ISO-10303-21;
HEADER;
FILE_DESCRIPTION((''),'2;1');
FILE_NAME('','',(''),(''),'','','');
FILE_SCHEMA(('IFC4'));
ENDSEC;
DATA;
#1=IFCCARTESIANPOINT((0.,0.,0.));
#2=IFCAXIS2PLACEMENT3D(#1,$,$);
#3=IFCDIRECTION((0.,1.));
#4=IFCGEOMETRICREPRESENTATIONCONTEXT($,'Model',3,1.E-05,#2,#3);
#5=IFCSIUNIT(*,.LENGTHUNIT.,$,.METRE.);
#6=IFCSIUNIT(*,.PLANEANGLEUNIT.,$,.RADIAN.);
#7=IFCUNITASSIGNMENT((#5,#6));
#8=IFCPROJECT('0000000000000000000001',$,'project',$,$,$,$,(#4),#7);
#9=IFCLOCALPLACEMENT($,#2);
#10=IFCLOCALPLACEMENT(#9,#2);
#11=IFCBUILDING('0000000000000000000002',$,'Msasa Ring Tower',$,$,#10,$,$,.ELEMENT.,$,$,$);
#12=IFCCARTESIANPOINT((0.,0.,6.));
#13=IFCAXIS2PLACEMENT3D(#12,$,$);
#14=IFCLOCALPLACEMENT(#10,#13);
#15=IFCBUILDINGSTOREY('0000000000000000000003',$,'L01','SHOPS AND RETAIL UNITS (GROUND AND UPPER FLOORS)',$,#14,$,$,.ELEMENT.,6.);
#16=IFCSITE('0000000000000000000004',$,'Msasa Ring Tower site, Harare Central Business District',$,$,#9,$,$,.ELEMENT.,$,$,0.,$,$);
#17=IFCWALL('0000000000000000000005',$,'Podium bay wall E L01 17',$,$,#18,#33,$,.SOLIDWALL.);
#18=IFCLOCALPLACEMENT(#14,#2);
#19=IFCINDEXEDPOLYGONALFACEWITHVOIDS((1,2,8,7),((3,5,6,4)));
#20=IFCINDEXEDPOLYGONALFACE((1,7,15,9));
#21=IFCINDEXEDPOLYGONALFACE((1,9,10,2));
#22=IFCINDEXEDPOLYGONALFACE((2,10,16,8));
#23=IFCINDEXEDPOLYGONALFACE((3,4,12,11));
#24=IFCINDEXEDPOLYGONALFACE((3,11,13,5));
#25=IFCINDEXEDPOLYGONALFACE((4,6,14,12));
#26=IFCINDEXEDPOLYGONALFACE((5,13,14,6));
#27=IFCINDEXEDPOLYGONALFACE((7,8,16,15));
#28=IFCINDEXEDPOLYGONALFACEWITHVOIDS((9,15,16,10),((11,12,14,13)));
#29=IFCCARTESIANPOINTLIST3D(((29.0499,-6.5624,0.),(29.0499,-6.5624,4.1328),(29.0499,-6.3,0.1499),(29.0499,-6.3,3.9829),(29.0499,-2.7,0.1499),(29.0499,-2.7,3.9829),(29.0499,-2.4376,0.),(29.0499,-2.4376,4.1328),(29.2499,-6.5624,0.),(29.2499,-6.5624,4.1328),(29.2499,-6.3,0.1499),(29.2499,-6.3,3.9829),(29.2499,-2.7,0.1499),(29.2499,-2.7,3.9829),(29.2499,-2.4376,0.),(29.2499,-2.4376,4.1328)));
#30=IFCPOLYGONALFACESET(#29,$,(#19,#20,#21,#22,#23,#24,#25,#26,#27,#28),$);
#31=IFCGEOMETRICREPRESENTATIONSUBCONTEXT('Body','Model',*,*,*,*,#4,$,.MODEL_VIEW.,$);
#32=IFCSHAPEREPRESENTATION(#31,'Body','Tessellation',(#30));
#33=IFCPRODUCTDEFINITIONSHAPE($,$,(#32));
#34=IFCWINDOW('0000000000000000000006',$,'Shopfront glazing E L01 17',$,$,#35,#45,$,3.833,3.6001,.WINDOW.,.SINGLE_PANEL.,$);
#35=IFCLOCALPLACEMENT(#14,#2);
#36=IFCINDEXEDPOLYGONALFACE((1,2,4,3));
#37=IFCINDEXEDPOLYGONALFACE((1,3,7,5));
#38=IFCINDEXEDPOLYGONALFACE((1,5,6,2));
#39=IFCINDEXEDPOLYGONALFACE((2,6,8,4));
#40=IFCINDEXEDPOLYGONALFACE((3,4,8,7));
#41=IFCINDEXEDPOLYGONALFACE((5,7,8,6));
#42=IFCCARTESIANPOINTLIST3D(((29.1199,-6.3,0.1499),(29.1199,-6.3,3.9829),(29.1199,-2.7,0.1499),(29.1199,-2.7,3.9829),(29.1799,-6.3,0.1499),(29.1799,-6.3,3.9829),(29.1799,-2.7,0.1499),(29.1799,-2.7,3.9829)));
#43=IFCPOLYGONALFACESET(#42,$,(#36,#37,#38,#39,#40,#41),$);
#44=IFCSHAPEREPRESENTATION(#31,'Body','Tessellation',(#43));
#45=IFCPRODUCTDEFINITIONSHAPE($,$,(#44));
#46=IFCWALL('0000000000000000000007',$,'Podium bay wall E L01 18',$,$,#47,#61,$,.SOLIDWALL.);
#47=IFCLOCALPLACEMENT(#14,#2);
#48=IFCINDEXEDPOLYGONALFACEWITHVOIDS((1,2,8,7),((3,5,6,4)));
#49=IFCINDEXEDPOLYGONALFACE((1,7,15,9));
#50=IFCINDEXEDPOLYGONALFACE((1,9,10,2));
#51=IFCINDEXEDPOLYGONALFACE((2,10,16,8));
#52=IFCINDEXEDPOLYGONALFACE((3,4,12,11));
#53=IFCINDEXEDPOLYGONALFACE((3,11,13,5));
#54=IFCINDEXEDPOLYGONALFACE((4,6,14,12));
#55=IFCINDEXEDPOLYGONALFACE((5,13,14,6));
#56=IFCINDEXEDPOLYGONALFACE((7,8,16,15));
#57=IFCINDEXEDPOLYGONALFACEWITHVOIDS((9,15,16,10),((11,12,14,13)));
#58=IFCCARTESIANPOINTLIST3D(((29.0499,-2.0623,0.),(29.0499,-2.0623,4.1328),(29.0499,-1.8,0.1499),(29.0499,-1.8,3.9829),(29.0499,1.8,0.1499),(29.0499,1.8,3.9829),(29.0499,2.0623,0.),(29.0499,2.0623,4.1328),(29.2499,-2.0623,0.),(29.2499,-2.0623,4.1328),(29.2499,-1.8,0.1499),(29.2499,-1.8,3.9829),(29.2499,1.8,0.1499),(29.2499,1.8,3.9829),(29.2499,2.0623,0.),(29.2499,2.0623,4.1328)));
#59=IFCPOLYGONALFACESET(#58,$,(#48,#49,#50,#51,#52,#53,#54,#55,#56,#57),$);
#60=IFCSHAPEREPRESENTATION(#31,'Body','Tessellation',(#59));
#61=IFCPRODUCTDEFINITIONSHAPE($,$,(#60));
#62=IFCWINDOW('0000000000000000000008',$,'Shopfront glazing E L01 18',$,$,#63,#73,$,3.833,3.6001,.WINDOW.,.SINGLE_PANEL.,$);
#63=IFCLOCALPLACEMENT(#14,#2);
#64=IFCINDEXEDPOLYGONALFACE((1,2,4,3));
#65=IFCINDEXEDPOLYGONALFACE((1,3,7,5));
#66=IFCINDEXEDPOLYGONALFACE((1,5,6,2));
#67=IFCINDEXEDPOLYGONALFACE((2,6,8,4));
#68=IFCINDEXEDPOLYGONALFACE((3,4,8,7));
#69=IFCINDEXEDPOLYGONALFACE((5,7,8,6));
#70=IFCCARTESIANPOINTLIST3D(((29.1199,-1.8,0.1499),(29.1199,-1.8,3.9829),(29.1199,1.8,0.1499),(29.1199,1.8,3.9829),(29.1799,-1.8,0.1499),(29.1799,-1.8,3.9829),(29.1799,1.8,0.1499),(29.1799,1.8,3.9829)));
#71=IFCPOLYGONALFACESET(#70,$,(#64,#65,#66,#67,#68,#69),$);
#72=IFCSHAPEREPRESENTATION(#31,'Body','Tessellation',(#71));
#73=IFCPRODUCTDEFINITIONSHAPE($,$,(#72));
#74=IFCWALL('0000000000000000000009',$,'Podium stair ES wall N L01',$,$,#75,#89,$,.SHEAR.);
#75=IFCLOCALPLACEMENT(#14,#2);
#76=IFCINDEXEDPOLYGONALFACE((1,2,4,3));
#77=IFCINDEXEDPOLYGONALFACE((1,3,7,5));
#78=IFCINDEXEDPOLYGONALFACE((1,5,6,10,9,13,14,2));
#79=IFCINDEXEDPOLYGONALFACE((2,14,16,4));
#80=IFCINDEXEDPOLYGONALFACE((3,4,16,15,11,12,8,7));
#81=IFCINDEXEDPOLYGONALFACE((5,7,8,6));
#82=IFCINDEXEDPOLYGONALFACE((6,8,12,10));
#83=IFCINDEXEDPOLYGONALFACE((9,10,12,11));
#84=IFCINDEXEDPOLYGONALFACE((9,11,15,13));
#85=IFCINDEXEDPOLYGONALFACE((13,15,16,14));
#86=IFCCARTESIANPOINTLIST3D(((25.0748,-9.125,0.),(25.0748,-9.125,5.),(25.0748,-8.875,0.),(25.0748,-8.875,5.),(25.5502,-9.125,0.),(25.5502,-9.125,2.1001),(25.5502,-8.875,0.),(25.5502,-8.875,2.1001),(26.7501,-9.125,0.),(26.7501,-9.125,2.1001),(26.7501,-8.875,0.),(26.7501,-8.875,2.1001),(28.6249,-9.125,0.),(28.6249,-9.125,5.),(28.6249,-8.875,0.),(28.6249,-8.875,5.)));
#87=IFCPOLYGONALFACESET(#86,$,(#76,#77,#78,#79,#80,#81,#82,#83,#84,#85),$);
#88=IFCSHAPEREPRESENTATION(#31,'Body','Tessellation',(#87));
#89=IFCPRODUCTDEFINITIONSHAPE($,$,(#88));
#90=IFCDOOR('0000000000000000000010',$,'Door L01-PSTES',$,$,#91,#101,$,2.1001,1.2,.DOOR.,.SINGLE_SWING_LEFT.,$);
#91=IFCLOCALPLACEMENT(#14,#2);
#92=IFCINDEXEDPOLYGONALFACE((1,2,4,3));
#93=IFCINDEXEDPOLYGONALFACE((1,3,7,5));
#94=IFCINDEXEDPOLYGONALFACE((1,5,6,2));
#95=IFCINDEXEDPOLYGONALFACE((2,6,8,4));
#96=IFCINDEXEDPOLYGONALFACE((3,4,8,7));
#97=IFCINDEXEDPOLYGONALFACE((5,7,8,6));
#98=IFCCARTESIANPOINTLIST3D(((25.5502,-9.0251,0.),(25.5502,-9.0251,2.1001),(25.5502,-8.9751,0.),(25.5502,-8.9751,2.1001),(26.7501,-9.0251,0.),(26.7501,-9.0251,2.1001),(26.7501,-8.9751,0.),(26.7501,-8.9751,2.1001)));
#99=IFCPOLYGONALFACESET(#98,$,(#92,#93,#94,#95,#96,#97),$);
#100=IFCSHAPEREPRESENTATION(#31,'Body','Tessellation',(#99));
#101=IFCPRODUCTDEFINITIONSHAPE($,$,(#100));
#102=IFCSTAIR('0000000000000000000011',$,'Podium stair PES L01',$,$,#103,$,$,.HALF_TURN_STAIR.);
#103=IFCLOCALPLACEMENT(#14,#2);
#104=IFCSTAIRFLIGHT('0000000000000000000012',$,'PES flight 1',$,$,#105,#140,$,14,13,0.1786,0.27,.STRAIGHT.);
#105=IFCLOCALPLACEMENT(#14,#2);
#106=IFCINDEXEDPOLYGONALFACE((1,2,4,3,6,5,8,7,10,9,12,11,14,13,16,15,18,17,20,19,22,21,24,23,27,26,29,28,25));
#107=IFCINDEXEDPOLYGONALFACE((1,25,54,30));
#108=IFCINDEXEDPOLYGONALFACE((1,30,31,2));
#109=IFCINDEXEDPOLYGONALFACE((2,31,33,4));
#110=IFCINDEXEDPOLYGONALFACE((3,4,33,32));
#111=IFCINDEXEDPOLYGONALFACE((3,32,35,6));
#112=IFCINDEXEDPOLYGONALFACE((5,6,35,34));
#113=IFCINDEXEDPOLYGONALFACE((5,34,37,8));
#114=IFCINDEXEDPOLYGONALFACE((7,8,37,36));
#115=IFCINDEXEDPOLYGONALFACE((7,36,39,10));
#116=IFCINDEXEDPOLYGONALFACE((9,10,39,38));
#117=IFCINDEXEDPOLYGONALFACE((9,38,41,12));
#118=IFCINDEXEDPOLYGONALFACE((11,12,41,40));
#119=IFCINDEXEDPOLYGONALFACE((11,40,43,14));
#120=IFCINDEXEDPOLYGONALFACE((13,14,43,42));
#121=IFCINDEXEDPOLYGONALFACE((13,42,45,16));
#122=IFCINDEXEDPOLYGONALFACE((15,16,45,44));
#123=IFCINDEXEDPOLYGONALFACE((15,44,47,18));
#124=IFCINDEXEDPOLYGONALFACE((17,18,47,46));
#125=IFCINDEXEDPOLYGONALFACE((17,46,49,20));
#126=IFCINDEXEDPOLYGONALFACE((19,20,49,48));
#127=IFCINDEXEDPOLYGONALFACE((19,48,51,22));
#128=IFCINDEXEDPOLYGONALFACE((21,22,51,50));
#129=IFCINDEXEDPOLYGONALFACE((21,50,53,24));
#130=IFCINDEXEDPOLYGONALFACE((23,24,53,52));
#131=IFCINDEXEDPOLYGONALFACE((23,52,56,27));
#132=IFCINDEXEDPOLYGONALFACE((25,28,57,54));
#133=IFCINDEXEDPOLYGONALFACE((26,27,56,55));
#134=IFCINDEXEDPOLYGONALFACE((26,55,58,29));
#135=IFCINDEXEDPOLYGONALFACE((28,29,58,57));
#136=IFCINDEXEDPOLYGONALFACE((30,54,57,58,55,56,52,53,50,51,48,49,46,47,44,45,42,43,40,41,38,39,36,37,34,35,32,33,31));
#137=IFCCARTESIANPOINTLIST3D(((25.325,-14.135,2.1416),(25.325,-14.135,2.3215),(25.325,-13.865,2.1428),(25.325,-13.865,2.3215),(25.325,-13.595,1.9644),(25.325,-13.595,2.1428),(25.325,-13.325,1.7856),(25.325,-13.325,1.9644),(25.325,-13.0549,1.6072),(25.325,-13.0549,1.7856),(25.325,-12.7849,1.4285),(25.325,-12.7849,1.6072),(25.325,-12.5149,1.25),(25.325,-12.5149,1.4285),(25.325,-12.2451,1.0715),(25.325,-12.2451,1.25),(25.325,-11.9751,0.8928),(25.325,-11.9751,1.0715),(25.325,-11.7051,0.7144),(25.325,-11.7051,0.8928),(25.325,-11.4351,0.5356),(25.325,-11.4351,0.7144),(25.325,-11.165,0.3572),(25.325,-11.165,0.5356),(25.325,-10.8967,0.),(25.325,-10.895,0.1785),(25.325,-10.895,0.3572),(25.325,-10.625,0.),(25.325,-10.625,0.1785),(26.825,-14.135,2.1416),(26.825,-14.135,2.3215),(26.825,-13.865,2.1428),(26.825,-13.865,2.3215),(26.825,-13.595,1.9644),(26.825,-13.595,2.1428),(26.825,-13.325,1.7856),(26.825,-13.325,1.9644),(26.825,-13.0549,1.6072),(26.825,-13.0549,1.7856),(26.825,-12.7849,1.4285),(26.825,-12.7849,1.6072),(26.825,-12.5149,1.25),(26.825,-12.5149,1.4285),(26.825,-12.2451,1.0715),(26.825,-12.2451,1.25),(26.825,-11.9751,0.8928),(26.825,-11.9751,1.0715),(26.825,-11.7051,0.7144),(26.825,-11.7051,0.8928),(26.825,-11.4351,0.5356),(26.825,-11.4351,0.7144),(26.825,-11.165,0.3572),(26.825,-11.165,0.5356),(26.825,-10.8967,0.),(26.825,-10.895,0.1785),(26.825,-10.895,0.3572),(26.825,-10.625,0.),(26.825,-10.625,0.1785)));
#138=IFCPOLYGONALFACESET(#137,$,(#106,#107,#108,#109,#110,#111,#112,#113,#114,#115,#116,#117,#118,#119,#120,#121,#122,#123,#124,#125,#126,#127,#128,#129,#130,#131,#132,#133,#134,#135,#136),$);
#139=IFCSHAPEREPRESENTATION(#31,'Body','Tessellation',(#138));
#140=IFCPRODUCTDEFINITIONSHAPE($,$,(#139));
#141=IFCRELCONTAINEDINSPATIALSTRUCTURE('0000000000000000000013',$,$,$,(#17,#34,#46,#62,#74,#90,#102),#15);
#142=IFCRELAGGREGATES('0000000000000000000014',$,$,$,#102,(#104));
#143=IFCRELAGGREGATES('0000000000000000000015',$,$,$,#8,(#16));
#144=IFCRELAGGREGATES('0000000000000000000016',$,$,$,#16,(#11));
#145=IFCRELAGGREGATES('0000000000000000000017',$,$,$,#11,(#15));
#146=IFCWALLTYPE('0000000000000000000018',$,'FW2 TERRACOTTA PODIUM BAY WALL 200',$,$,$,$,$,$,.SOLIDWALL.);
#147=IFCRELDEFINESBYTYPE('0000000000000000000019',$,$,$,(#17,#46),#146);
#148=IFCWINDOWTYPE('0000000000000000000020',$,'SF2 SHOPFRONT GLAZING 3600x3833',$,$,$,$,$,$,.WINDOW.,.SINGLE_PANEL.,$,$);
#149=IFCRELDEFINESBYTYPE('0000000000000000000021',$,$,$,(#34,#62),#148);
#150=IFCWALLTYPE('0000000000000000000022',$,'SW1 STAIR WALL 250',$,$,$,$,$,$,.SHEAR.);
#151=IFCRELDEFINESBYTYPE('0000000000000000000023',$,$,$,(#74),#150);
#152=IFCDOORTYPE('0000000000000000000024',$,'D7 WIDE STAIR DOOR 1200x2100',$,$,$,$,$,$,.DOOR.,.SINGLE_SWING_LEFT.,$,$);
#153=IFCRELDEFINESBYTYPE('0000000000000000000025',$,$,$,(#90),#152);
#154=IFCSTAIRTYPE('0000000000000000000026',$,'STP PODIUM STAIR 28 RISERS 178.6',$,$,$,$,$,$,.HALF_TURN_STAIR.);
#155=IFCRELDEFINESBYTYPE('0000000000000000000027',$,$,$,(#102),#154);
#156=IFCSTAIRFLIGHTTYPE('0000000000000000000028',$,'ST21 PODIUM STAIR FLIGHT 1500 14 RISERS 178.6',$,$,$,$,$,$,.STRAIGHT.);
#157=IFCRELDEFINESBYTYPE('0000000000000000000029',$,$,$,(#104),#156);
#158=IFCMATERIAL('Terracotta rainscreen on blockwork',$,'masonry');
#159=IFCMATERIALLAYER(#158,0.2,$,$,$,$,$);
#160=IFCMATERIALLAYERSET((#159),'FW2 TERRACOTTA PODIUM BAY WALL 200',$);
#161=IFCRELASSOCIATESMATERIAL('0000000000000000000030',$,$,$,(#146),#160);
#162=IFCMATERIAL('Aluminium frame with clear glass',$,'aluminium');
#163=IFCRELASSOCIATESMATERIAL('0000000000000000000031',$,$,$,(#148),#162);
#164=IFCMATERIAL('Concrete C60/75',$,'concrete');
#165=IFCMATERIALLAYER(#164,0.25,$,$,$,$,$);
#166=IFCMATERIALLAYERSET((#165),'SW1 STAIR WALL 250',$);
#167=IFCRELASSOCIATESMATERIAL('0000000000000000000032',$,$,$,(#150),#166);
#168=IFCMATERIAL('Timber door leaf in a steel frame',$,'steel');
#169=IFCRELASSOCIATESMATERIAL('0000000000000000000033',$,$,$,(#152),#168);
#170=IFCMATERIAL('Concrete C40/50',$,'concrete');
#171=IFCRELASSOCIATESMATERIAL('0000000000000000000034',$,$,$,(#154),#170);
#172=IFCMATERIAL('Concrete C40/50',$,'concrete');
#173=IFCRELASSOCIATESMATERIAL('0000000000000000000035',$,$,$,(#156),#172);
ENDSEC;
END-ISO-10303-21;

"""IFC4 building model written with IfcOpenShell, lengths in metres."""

from ifc_helpers import new_model, si_unit, direction, frame, frame_2d, origin, place, context, subcontext, project, spatial, polyline, rectangle, outline, extrude, material, layer, layer_set, type_object, element, fill, aggregate, save


model = new_model("IFC4")

# Units and contexts
model_context = context("Model", 3, precision=1e-05, world=origin(), true_north=direction((0.0, 1.0)))
body_context = subcontext(model_context, "Body", "Model", "MODEL_VIEW")
ifc_project = project(units=[si_unit("LENGTHUNIT", "METRE"), si_unit("PLANEANGLEUNIT", "RADIAN")], contexts=[model_context])

# Site, building, storey
site_placement = place(None, origin())
site = spatial("IfcSite", under=ifc_project, at=site_placement, Name="Msasa Ring Tower site, Harare Central Business District", CompositionType="ELEMENT", RefElevation=0.0)
building_placement = place(site_placement, origin())
building = spatial("IfcBuilding", under=site, at=building_placement, Name="Msasa Ring Tower", CompositionType="ELEMENT")
storey_placement = place(building_placement, frame((0.0, 0.0, 6.0)))
storey = spatial("IfcBuildingStorey", under=building, at=storey_placement, Name="L01", Description="SHOPS AND RETAIL UNITS (GROUND AND UPPER FLOORS)", CompositionType="ELEMENT", Elevation=6.0)

# Walls, openings, windows
ifc_material_1 = material(Name="Terracotta rainscreen on blockwork", Category="masonry")
ifc_layer_1 = layer(ifc_material_1, 0.2)
ifc_layer_set_1 = layer_set([ifc_layer_1], Name="FW2 TERRACOTTA PODIUM BAY WALL 200")
wall_type_1 = type_object("IfcWallType", Name="FW2 TERRACOTTA PODIUM BAY WALL 200", PredefinedType="SOLIDWALL", material=ifc_layer_set_1)
ifc_material_2 = material(Name="Aluminium frame with clear glass", Category="aluminium")
window_type = type_object("IfcWindowType", Name="SF2 SHOPFRONT GLAZING 3600x3833", PartitioningType="SINGLE_PANEL", PredefinedType="WINDOW", material=ifc_material_2)
wall_1_placement = place(storey_placement, frame((29.1499, -6.5625, 0.0), z_axis=(0.0, 0.0, 1.0), x_axis=(0.0, 1.0, 0.0)))
wall_1 = element("IfcWall", 1, at=wall_1_placement, inside=storey, type_object=wall_type_1, Name="Podium bay wall E L01 17", PredefinedType="SOLIDWALL", context=body_context, shape_type="SweptSolid", body=[
    extrude(rectangle(XDim=4.1248, YDim=0.2, at=frame_2d((2.0625, 0.0))), origin(), (0.0, 0.0, 1.0), 4.1328),
])
opening_1_placement = place(wall_1_placement, frame((0.2625, 0.0, 0.1499)))
opening_1 = element("IfcOpeningElement", 2, at=opening_1_placement, cuts=wall_1, PredefinedType="OPENING", context=body_context, shape_type="SweptSolid", body=[
    extrude(rectangle(XDim=3.6001, YDim=3.833, at=frame_2d((1.8, 1.9165))), frame((0.0, 0.1099, 0.0), z_axis=(0.0, -1.0, 0.0), x_axis=(1.0, 0.0, 0.0)), (0.0, 0.0, 1.0), 0.22),
])
window_1_placement = place(opening_1_placement, origin())
window_1 = element("IfcWindow", 3, at=window_1_placement, inside=storey, type_object=window_type, Name="Shopfront glazing E L01 17", OverallHeight=3.833, OverallWidth=3.6001, PartitioningType="SINGLE_PANEL", PredefinedType="WINDOW", context=body_context, shape_type="SweptSolid", body=[
    extrude(rectangle(XDim=3.6001, YDim=3.833, at=frame_2d((1.8, 1.9165))), frame((0.0, 0.03, 0.0), z_axis=(0.0, -1.0, 0.0), x_axis=(1.0, 0.0, 0.0)), (0.0, 0.0, 1.0), 0.0601),
])
fill(opening_1, window_1)
wall_2_placement = place(storey_placement, frame((29.1499, -2.0623, 0.0), z_axis=(0.0, 0.0, 1.0), x_axis=(0.0, 1.0, 0.0)))
wall_2 = element("IfcWall", 4, at=wall_2_placement, inside=storey, type_object=wall_type_1, Name="Podium bay wall E L01 18", PredefinedType="SOLIDWALL", context=body_context, shape_type="SweptSolid", body=[
    extrude(rectangle(XDim=4.1245, YDim=0.2, at=frame_2d((2.0623, 0.0))), origin(), (0.0, 0.0, 1.0), 4.1328),
])
opening_2_placement = place(wall_2_placement, frame((0.2622, 0.0, 0.1499)))
opening_2 = element("IfcOpeningElement", 5, at=opening_2_placement, cuts=wall_2, PredefinedType="OPENING", context=body_context, shape_type="SweptSolid", body=[
    extrude(rectangle(XDim=3.6001, YDim=3.833, at=frame_2d((1.8, 1.9165))), frame((0.0, 0.1099, 0.0), z_axis=(0.0, -1.0, 0.0), x_axis=(1.0, 0.0, 0.0)), (0.0, 0.0, 1.0), 0.22),
])
window_2_placement = place(opening_2_placement, origin())
window_2 = element("IfcWindow", 6, at=window_2_placement, inside=storey, type_object=window_type, Name="Shopfront glazing E L01 18", OverallHeight=3.833, OverallWidth=3.6001, PartitioningType="SINGLE_PANEL", PredefinedType="WINDOW", context=body_context, shape_type="SweptSolid", body=[
    extrude(rectangle(XDim=3.6001, YDim=3.833, at=frame_2d((1.8, 1.9165))), frame((0.0, 0.03, 0.0), z_axis=(0.0, -1.0, 0.0), x_axis=(1.0, 0.0, 0.0)), (0.0, 0.0, 1.0), 0.0601),
])
fill(opening_2, window_2)

# Wall, opening, door
ifc_material_3 = material(Name="Concrete C60/75", Category="concrete")
ifc_layer_2 = layer(ifc_material_3, 0.25)
ifc_layer_set_2 = layer_set([ifc_layer_2], Name="SW1 STAIR WALL 250")
wall_type_2 = type_object("IfcWallType", Name="SW1 STAIR WALL 250", PredefinedType="SHEAR", material=ifc_layer_set_2)
wall_3_placement = place(storey_placement, frame((25.075, -9.0, 0.0), z_axis=(0.0, 0.0, 1.0), x_axis=(1.0, 0.0, 0.0)))
wall_3 = element("IfcWall", 7, at=wall_3_placement, inside=storey, type_object=wall_type_2, Name="Podium stair ES wall N L01", PredefinedType="SHEAR", context=body_context, shape_type="SweptSolid", body=[
    extrude(rectangle(XDim=3.55, YDim=0.25, at=frame_2d((1.7749, 0.0))), origin(), (0.0, 0.0, 1.0), 5.0),
])
opening_3_placement = place(wall_3_placement, frame((0.4751, 0.0, 0.0)))
opening_3 = element("IfcOpeningElement", 8, at=opening_3_placement, cuts=wall_3, PredefinedType="OPENING", context=body_context, shape_type="SweptSolid", body=[
    extrude(rectangle(XDim=1.2, YDim=2.1001, at=frame_2d((0.6001, 1.05))), frame((0.0, 0.135, 0.0), z_axis=(0.0, -1.0, 0.0), x_axis=(1.0, 0.0, 0.0)), (0.0, 0.0, 1.0), 0.27),
])
ifc_material_4 = material(Name="Timber door leaf in a steel frame", Category="steel")
door_type = type_object("IfcDoorType", Name="D7 WIDE STAIR DOOR 1200x2100", OperationType="SINGLE_SWING_LEFT", PredefinedType="DOOR", material=ifc_material_4)
door_placement = place(opening_3_placement, origin())
door = element("IfcDoor", 9, at=door_placement, inside=storey, type_object=door_type, Name="Door L01-PSTES", OperationType="SINGLE_SWING_LEFT", OverallHeight=2.1001, OverallWidth=1.2, PredefinedType="DOOR", context=body_context, shape_type="SweptSolid", body=[
    extrude(rectangle(XDim=1.2, YDim=2.1001, at=frame_2d((0.6001, 1.05))), frame((0.0, 0.0249, 0.0), z_axis=(0.0, -1.0, 0.0), x_axis=(1.0, 0.0, 0.0)), (0.0, 0.0, 1.0), 0.05),
])
fill(opening_3, door)

# Stair, stair flight
ifc_material_5 = material(Name="Concrete C40/50", Category="concrete")
stair_type = type_object("IfcStairType", Name="STP PODIUM STAIR 28 RISERS 178.6", PredefinedType="HALF_TURN_STAIR", material=ifc_material_5)
stair_placement = place(storey_placement, origin())
stair = element("IfcStair", 10, at=stair_placement, inside=storey, type_object=stair_type, Name="Podium stair PES L01", PredefinedType="HALF_TURN_STAIR")
ifc_material_6 = material(Name="Concrete C40/50", Category="concrete")
stair_flight_type = type_object("IfcStairFlightType", Name="ST21 PODIUM STAIR FLIGHT 1500 14 RISERS 178.6", PredefinedType="STRAIGHT", material=ifc_material_6)
stair_flight_placement = place(storey_placement, frame((26.075, -10.625, 0.0), z_axis=(0.0, 0.0, 1.0), x_axis=(0.0, -1.0, 0.0)))
stair_flight = element("IfcStairFlight", 11, at=stair_flight_placement, type_object=stair_flight_type, Name="PES flight 1", NumberOfRisers=14, NumberOfTreads=13, PredefinedType="STRAIGHT", RiserHeight=0.1786, TreadLength=0.27, context=body_context, shape_type="SweptSolid", body=[
    extrude(outline(polyline([(0.0, 0.0), (0.0, 0.1785), (0.27, 0.1785), (0.27, 0.3572), (0.54, 0.3572), (0.54, 0.5356), (0.8101, 0.5356), (0.8101, 0.7144), (1.0801, 0.7144), (1.0801, 0.8928), (1.3501, 0.8928), (1.3501, 1.0715), (1.6201, 1.0715), (1.6201, 1.25), (1.8899, 1.25), (1.8899, 1.4285), (2.1599, 1.4285), (2.1599, 1.6072), (2.4299, 1.6072), (2.4299, 1.7856), (2.7, 1.7856), (2.7, 1.9644), (2.97, 1.9644), (2.97, 2.1428), (3.24, 2.1428), (3.24, 2.3215), (3.51, 2.3215), (3.51, 2.5), (3.51, 2.1416), (0.2717, 0.0), (0.0, 0.0)])), frame((0.0, 0.75, 0.0), z_axis=(0.0, -1.0, 0.0), x_axis=(1.0, 0.0, 0.0)), (0.0, 0.0, 1.0), 1.5),
])
aggregate(stair, [stair_flight])

save(model, "model.ifc")
